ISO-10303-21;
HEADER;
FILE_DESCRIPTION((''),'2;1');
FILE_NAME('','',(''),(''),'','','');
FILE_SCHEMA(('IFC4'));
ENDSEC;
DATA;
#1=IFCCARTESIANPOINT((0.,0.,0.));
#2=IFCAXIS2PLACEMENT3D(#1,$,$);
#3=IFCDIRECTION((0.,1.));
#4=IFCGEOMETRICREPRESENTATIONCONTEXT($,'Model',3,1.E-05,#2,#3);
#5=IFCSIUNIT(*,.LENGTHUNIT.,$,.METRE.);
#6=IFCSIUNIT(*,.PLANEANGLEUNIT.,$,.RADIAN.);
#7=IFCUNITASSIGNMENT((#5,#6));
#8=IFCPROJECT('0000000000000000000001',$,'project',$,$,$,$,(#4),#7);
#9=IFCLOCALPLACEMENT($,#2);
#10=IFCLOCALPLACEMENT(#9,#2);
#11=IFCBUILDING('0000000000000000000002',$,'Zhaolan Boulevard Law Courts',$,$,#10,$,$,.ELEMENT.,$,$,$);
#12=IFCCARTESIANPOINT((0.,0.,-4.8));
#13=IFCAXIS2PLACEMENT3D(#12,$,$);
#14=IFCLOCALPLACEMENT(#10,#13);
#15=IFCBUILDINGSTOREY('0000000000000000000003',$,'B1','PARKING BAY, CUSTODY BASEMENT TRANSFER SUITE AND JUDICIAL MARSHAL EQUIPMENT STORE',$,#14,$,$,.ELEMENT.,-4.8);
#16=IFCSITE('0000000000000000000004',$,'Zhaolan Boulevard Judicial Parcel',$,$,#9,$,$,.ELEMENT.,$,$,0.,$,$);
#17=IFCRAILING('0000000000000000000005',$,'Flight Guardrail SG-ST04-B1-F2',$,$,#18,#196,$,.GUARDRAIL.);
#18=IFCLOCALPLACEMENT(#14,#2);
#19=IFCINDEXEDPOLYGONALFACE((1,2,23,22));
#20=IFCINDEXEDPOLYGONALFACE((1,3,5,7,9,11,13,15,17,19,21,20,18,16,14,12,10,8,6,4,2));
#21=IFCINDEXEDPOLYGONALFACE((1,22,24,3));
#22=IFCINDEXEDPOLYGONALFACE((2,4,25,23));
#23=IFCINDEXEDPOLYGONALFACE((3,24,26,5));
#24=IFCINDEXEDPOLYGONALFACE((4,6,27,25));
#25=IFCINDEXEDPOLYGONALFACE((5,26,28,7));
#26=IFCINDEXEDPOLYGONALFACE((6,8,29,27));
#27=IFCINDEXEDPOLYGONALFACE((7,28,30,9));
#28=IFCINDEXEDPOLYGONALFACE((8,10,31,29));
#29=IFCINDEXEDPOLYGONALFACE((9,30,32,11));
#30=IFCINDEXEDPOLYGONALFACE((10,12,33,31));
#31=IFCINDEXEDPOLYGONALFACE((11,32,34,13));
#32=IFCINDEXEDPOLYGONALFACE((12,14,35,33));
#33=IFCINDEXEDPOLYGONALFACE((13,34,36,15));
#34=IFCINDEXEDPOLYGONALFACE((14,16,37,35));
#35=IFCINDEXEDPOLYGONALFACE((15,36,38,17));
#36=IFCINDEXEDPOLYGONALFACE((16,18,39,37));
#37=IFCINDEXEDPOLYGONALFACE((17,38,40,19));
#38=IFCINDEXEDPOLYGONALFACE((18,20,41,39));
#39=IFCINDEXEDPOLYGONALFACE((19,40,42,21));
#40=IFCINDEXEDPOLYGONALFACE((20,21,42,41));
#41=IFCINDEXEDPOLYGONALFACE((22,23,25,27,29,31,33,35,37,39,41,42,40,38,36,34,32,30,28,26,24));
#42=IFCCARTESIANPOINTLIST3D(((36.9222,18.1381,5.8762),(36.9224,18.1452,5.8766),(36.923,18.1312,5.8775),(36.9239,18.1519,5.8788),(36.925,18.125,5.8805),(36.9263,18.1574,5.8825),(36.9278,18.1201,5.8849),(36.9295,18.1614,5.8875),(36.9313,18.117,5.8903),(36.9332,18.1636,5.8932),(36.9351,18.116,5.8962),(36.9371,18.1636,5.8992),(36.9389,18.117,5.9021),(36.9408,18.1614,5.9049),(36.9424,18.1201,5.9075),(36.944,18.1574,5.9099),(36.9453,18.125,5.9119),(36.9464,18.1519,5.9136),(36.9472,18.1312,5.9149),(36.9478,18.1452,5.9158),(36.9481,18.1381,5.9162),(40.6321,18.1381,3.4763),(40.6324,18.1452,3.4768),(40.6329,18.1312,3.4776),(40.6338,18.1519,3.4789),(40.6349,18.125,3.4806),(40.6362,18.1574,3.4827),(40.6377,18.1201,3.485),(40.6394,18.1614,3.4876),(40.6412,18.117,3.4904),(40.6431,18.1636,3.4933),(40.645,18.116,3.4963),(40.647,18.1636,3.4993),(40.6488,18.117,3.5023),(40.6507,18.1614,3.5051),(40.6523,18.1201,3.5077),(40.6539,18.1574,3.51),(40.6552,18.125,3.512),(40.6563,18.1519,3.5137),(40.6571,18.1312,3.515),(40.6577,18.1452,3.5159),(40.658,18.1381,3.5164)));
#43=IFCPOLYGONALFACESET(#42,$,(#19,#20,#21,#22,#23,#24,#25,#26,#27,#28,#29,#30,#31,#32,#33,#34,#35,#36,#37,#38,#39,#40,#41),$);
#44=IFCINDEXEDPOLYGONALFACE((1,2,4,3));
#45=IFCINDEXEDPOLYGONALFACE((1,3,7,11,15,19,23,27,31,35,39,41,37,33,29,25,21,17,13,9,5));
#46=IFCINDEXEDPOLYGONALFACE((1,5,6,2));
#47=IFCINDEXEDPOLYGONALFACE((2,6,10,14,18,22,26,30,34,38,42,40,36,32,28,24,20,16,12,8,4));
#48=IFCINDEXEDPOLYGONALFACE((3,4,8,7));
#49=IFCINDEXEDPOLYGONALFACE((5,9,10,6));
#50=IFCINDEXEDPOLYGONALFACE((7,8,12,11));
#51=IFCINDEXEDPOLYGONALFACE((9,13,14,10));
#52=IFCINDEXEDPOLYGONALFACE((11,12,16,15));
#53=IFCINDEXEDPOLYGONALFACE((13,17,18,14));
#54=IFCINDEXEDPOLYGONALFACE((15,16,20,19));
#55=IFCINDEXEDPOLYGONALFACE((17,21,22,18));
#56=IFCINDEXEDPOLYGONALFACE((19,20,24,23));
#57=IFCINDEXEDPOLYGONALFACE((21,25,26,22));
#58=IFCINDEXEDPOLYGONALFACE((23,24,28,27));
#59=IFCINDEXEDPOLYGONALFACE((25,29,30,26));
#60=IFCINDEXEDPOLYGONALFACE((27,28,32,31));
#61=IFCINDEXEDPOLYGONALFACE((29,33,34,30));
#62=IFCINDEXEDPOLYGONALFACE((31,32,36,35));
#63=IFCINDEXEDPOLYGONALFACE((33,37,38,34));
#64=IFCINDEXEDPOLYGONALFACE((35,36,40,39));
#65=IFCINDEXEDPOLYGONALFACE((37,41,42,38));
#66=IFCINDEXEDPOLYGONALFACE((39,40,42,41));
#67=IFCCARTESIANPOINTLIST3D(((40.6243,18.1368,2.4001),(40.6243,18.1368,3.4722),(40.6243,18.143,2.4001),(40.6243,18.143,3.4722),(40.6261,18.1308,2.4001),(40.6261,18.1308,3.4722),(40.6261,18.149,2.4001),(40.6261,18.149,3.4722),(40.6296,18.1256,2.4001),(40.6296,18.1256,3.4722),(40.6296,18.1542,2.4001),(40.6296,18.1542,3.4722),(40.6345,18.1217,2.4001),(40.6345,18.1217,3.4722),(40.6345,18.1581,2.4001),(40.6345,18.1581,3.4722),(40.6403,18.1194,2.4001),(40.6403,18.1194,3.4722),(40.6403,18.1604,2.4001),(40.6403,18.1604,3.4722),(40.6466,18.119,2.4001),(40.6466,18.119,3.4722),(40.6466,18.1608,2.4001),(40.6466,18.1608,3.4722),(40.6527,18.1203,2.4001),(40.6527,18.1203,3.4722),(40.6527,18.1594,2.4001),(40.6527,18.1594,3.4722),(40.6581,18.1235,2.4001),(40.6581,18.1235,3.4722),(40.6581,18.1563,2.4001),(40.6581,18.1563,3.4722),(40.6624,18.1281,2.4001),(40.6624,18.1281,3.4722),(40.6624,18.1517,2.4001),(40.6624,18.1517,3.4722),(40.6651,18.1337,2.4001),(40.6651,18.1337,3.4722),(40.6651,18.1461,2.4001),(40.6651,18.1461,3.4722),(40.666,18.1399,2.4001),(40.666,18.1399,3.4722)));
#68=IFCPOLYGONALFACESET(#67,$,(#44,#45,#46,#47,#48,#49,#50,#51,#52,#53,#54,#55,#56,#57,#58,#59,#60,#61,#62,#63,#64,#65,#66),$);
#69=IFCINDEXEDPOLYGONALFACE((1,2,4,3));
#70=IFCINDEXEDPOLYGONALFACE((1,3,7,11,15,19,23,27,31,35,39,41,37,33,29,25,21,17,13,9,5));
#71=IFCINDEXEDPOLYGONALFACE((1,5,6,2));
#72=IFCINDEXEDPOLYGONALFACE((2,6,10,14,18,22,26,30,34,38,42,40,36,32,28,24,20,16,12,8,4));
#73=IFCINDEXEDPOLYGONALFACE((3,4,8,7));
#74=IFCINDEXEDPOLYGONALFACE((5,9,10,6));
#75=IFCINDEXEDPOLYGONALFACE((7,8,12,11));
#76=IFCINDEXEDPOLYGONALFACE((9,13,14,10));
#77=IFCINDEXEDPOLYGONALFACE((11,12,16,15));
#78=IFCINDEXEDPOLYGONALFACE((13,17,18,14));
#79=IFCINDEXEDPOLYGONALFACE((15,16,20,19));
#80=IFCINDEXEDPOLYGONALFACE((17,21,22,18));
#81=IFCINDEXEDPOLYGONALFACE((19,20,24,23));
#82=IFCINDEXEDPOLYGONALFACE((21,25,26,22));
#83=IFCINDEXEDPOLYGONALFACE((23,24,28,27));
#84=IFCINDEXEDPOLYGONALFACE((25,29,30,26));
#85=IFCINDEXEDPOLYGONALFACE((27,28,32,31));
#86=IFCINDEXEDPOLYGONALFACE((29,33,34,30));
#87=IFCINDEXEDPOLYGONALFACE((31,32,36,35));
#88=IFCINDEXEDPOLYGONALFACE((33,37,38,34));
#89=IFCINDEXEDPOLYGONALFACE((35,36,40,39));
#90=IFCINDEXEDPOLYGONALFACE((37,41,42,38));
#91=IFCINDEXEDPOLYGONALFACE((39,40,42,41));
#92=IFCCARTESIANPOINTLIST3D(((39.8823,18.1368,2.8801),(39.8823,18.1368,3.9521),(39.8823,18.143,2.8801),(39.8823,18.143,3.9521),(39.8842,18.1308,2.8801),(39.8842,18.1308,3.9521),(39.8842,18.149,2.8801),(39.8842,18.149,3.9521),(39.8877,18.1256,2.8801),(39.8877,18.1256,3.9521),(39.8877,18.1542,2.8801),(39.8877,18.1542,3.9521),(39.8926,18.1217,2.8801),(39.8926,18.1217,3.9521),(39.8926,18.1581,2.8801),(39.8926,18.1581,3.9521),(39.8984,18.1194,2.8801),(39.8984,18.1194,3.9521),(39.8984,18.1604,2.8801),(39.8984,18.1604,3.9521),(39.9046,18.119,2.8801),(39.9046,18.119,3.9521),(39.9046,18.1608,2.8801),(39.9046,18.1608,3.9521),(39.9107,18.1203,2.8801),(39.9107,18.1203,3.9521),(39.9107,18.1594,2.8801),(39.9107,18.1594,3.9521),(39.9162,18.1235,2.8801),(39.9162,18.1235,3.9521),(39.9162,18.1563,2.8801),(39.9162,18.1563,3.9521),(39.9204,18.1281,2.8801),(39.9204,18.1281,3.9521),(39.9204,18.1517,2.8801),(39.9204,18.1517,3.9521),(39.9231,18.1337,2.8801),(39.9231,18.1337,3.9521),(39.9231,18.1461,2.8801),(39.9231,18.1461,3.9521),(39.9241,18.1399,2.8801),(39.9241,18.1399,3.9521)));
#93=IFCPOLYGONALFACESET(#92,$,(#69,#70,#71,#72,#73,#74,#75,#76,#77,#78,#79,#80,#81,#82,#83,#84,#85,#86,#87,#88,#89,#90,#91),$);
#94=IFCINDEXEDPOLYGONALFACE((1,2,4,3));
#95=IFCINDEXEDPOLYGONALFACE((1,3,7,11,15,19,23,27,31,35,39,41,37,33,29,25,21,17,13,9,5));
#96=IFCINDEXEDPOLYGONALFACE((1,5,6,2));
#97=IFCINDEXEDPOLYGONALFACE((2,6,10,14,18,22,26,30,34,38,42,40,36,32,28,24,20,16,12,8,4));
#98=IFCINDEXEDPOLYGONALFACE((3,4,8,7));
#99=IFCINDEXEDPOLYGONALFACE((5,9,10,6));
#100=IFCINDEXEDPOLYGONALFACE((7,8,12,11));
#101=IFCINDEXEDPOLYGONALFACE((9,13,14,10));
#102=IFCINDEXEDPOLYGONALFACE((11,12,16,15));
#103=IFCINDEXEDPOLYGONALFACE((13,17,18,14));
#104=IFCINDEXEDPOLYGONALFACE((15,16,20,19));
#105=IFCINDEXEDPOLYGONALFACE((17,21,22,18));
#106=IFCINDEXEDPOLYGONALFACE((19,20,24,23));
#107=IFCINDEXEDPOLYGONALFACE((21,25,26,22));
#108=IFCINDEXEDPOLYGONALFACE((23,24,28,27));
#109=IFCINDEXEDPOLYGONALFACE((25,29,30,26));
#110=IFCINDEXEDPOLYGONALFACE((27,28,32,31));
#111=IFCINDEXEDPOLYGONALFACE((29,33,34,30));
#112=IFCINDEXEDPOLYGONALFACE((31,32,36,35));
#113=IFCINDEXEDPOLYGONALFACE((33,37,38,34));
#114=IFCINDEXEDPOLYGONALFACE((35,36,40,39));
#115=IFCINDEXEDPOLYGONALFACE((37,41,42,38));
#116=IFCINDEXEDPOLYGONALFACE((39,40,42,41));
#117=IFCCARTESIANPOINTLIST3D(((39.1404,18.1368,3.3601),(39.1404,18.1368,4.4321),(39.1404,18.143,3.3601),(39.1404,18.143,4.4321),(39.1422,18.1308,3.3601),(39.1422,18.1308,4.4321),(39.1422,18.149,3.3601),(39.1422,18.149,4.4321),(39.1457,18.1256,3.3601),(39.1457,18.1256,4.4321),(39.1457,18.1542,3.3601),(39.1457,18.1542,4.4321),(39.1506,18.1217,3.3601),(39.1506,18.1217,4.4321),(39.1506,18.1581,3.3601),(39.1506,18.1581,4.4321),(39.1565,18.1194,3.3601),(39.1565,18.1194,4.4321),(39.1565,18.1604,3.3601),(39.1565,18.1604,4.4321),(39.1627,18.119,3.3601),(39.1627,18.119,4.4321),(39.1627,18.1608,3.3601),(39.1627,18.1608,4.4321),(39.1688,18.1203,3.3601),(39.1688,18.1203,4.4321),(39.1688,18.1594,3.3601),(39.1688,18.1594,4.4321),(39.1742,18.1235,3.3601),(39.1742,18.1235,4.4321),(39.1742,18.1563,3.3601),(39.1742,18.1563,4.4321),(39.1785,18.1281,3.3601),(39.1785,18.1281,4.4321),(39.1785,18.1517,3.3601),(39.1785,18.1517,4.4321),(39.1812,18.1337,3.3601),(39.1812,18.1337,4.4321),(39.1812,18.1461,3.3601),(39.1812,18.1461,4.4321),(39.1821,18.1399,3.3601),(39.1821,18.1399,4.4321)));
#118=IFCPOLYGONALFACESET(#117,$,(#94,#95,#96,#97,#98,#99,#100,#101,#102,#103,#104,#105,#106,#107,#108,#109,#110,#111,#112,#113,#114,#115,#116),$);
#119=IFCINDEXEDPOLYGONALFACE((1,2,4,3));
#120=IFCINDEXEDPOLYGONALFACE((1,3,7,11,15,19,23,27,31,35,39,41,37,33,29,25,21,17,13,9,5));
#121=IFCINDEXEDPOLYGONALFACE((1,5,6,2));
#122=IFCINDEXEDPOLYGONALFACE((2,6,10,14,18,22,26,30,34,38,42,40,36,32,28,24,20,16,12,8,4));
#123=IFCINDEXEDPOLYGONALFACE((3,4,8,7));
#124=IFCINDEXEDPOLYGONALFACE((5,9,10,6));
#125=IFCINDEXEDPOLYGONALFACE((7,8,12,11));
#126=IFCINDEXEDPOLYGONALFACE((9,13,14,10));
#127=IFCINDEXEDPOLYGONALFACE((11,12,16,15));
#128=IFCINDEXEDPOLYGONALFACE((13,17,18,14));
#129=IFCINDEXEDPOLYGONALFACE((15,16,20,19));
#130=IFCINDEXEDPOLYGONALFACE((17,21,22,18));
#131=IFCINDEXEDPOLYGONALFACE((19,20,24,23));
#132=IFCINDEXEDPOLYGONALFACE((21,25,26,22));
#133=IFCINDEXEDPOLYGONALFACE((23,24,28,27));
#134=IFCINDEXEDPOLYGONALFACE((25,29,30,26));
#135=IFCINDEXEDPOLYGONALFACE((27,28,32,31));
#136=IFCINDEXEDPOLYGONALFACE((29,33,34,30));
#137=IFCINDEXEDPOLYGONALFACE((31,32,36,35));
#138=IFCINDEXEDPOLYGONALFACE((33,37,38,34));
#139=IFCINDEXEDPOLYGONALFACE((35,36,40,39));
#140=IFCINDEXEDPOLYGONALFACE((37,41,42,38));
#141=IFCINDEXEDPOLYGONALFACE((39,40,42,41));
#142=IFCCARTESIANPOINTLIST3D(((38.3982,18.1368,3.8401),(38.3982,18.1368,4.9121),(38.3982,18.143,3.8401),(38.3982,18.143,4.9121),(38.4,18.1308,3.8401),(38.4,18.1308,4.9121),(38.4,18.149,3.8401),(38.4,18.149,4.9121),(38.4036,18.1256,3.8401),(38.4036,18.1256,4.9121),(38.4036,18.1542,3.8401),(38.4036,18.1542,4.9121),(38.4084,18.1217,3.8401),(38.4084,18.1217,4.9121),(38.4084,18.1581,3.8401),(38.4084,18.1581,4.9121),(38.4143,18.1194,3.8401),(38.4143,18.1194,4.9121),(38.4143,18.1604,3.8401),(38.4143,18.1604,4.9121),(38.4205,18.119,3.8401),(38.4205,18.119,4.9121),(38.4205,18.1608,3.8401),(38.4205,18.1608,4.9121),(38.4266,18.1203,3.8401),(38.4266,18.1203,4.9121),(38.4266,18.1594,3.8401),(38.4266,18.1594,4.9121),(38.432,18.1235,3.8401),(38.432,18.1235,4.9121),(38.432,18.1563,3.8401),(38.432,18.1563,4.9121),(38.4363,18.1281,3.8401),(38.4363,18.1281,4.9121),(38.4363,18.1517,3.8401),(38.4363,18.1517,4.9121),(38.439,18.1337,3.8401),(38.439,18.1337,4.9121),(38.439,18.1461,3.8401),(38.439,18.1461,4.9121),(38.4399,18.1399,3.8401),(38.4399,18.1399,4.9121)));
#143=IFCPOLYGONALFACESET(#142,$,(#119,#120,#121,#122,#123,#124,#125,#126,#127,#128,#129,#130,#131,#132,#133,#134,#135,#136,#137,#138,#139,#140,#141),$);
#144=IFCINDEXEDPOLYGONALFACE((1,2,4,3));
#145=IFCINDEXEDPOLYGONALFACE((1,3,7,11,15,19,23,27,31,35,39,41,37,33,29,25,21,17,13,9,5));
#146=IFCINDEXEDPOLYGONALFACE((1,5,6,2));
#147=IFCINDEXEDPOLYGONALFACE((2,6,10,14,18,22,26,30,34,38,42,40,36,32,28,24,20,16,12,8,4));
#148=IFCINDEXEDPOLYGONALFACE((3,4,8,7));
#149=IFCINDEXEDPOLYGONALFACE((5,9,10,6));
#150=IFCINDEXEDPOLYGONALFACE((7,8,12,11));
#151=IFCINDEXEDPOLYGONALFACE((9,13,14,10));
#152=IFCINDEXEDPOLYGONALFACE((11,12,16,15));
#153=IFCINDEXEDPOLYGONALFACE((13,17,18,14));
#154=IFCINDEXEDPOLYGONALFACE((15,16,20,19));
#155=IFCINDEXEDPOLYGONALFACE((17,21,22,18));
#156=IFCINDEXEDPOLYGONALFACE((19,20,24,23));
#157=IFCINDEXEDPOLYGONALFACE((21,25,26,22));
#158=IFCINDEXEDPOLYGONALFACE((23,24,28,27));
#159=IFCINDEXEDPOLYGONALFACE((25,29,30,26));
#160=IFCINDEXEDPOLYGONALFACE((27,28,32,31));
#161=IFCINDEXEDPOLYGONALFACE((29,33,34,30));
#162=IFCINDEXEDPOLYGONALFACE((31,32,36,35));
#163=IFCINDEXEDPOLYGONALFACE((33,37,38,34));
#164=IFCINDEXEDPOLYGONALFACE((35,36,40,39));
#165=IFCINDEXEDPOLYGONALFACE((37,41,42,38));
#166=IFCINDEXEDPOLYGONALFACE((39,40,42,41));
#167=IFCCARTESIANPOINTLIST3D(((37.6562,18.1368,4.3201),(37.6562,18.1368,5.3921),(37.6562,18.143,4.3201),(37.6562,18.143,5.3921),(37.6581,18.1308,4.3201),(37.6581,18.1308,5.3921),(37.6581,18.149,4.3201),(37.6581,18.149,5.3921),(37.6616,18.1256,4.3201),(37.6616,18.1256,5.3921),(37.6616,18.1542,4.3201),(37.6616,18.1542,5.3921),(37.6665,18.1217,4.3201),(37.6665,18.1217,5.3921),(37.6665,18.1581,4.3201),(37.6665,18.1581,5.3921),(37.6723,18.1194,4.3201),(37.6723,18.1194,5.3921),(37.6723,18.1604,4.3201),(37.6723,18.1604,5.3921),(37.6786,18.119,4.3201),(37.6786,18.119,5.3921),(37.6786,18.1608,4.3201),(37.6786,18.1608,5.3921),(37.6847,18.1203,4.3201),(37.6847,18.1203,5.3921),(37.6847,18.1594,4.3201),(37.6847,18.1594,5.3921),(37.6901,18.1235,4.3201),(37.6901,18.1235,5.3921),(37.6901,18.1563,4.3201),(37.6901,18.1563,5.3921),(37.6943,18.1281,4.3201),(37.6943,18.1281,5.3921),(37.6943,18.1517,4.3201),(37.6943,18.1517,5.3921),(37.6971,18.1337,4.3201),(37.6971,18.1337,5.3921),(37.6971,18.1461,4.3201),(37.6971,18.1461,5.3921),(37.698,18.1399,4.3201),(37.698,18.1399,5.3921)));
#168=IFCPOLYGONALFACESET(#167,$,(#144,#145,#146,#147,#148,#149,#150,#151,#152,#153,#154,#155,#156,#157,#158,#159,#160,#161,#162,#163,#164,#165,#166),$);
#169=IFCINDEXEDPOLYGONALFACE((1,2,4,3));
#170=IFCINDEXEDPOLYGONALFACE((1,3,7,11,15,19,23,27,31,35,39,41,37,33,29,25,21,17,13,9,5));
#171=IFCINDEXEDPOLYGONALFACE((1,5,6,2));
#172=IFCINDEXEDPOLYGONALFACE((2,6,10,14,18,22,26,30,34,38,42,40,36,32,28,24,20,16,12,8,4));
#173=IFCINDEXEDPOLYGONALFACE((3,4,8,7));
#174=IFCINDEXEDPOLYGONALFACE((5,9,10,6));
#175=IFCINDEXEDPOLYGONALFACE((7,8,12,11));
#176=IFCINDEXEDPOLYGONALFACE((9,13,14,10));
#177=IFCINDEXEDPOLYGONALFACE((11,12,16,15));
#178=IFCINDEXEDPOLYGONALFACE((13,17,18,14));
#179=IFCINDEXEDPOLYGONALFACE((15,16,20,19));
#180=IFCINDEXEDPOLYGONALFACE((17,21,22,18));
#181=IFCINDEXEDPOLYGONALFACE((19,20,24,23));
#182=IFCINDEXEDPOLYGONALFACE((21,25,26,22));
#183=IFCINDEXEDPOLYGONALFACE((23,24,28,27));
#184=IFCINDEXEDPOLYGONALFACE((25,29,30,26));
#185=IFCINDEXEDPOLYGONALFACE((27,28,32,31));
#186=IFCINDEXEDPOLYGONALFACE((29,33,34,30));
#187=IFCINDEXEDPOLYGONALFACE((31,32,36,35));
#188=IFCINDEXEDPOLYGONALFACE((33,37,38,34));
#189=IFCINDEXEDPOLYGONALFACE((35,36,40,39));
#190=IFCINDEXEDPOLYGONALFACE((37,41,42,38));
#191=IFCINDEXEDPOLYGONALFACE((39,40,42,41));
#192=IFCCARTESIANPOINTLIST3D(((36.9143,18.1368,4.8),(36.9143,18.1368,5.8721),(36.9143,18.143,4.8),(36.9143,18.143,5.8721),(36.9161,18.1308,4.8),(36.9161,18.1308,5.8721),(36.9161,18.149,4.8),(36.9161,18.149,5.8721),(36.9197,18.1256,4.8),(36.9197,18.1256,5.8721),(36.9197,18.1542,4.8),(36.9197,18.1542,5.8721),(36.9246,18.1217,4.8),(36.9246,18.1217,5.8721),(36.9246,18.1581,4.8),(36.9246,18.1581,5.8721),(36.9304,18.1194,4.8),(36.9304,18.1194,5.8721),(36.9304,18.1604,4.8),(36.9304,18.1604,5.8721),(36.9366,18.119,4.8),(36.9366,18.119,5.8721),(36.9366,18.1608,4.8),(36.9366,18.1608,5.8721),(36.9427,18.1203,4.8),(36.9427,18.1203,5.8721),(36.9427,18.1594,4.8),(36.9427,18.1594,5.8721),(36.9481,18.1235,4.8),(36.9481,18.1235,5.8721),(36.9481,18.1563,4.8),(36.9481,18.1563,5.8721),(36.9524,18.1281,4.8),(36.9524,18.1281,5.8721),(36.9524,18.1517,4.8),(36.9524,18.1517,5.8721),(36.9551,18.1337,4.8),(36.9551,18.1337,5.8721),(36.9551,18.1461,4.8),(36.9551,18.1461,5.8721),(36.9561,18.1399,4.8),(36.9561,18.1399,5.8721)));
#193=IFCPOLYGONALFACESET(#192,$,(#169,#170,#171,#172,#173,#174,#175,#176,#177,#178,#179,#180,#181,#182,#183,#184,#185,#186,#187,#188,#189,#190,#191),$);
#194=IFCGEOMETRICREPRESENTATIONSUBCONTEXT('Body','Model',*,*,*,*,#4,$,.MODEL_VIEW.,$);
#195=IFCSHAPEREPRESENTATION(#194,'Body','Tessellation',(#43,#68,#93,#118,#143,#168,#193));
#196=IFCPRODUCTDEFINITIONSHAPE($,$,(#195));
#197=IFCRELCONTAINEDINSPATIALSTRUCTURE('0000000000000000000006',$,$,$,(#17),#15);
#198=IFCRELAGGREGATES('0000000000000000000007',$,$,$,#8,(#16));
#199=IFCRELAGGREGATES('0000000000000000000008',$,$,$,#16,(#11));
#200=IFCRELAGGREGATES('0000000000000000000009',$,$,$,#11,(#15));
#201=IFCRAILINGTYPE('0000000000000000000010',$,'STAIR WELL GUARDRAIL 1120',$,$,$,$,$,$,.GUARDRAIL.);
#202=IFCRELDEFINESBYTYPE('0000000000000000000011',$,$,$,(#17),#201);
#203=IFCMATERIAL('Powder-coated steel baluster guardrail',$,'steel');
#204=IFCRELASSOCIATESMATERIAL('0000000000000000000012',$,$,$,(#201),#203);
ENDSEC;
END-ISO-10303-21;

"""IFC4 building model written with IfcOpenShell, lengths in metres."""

from ifc_helpers import new_model, si_unit, direction, frame, origin, origin_2d, place, context, subcontext, project, spatial, circle, extrude, material, type_object, element, save


model = new_model("IFC4")

# Units and contexts
model_context = context("Model", 3, precision=1e-05, world=origin(), true_north=direction((0.0, 1.0)))
body_context = subcontext(model_context, "Body", "Model", "MODEL_VIEW")
ifc_project = project(units=[si_unit("LENGTHUNIT", "METRE"), si_unit("PLANEANGLEUNIT", "RADIAN")], contexts=[model_context])

# Site, building, storey
site_placement = place(None, origin())
site = spatial("IfcSite", under=ifc_project, at=site_placement, Name="Zhaolan Boulevard Judicial Parcel", CompositionType="ELEMENT", RefElevation=0.0)
building_placement = place(site_placement, origin())
building = spatial("IfcBuilding", under=site, at=building_placement, Name="Zhaolan Boulevard Law Courts", CompositionType="ELEMENT")
storey_placement = place(building_placement, frame((0.0, 0.0, -4.8)))
storey = spatial("IfcBuildingStorey", under=building, at=storey_placement, Name="B1", Description="PARKING BAY, CUSTODY BASEMENT TRANSFER SUITE AND JUDICIAL MARSHAL EQUIPMENT STORE", CompositionType="ELEMENT", Elevation=-4.8)

# Railing
ifc_material_1 = material(Name="Powder-coated steel baluster guardrail", Category="steel")
railing_type_1 = type_object("IfcRailingType", Name="STAIR WELL GUARDRAIL 1120", PredefinedType="GUARDRAIL", material=ifc_material_1)
railing_1_placement = place(storey_placement, frame((40.645, 18.1399, 2.4001)))
element("IfcRailing", 1, at=railing_1_placement, inside=storey, type_object=railing_type_1, Name="Flight Guardrail SG-ST04-B1-F2", PredefinedType="GUARDRAIL", context=body_context, shape_type="SweptSolid", body=[
    extrude(circle(Radius=0.0239, at=origin_2d()), frame((0.0, 0.0, 1.0962), z_axis=(-0.839638, 0.0, 0.543146), x_axis=(0.0, -1.0, 0.0)), (0.0, 0.0, 1.0), 4.4185),
    extrude(circle(Radius=0.021, at=origin_2d()), origin(), (0.0, 0.0, 1.0), 1.072),
    extrude(circle(Radius=0.021, at=origin_2d()), frame((-0.7419, 0.0, 0.48)), (0.0, 0.0, 1.0), 1.072),
    extrude(circle(Radius=0.021, at=origin_2d()), frame((-1.4839, 0.0, 0.96)), (0.0, 0.0, 1.0), 1.072),
    extrude(circle(Radius=0.021, at=origin_2d()), frame((-2.2261, 0.0, 1.4399)), (0.0, 0.0, 1.0), 1.072),
    extrude(circle(Radius=0.021, at=origin_2d()), frame((-2.968, 0.0, 1.9199)), (0.0, 0.0, 1.0), 1.072),
    extrude(circle(Radius=0.021, at=origin_2d()), frame((-3.71, 0.0, 2.3999)), (0.0, 0.0, 1.0), 1.072),
])

save(model, "model.ifc")
